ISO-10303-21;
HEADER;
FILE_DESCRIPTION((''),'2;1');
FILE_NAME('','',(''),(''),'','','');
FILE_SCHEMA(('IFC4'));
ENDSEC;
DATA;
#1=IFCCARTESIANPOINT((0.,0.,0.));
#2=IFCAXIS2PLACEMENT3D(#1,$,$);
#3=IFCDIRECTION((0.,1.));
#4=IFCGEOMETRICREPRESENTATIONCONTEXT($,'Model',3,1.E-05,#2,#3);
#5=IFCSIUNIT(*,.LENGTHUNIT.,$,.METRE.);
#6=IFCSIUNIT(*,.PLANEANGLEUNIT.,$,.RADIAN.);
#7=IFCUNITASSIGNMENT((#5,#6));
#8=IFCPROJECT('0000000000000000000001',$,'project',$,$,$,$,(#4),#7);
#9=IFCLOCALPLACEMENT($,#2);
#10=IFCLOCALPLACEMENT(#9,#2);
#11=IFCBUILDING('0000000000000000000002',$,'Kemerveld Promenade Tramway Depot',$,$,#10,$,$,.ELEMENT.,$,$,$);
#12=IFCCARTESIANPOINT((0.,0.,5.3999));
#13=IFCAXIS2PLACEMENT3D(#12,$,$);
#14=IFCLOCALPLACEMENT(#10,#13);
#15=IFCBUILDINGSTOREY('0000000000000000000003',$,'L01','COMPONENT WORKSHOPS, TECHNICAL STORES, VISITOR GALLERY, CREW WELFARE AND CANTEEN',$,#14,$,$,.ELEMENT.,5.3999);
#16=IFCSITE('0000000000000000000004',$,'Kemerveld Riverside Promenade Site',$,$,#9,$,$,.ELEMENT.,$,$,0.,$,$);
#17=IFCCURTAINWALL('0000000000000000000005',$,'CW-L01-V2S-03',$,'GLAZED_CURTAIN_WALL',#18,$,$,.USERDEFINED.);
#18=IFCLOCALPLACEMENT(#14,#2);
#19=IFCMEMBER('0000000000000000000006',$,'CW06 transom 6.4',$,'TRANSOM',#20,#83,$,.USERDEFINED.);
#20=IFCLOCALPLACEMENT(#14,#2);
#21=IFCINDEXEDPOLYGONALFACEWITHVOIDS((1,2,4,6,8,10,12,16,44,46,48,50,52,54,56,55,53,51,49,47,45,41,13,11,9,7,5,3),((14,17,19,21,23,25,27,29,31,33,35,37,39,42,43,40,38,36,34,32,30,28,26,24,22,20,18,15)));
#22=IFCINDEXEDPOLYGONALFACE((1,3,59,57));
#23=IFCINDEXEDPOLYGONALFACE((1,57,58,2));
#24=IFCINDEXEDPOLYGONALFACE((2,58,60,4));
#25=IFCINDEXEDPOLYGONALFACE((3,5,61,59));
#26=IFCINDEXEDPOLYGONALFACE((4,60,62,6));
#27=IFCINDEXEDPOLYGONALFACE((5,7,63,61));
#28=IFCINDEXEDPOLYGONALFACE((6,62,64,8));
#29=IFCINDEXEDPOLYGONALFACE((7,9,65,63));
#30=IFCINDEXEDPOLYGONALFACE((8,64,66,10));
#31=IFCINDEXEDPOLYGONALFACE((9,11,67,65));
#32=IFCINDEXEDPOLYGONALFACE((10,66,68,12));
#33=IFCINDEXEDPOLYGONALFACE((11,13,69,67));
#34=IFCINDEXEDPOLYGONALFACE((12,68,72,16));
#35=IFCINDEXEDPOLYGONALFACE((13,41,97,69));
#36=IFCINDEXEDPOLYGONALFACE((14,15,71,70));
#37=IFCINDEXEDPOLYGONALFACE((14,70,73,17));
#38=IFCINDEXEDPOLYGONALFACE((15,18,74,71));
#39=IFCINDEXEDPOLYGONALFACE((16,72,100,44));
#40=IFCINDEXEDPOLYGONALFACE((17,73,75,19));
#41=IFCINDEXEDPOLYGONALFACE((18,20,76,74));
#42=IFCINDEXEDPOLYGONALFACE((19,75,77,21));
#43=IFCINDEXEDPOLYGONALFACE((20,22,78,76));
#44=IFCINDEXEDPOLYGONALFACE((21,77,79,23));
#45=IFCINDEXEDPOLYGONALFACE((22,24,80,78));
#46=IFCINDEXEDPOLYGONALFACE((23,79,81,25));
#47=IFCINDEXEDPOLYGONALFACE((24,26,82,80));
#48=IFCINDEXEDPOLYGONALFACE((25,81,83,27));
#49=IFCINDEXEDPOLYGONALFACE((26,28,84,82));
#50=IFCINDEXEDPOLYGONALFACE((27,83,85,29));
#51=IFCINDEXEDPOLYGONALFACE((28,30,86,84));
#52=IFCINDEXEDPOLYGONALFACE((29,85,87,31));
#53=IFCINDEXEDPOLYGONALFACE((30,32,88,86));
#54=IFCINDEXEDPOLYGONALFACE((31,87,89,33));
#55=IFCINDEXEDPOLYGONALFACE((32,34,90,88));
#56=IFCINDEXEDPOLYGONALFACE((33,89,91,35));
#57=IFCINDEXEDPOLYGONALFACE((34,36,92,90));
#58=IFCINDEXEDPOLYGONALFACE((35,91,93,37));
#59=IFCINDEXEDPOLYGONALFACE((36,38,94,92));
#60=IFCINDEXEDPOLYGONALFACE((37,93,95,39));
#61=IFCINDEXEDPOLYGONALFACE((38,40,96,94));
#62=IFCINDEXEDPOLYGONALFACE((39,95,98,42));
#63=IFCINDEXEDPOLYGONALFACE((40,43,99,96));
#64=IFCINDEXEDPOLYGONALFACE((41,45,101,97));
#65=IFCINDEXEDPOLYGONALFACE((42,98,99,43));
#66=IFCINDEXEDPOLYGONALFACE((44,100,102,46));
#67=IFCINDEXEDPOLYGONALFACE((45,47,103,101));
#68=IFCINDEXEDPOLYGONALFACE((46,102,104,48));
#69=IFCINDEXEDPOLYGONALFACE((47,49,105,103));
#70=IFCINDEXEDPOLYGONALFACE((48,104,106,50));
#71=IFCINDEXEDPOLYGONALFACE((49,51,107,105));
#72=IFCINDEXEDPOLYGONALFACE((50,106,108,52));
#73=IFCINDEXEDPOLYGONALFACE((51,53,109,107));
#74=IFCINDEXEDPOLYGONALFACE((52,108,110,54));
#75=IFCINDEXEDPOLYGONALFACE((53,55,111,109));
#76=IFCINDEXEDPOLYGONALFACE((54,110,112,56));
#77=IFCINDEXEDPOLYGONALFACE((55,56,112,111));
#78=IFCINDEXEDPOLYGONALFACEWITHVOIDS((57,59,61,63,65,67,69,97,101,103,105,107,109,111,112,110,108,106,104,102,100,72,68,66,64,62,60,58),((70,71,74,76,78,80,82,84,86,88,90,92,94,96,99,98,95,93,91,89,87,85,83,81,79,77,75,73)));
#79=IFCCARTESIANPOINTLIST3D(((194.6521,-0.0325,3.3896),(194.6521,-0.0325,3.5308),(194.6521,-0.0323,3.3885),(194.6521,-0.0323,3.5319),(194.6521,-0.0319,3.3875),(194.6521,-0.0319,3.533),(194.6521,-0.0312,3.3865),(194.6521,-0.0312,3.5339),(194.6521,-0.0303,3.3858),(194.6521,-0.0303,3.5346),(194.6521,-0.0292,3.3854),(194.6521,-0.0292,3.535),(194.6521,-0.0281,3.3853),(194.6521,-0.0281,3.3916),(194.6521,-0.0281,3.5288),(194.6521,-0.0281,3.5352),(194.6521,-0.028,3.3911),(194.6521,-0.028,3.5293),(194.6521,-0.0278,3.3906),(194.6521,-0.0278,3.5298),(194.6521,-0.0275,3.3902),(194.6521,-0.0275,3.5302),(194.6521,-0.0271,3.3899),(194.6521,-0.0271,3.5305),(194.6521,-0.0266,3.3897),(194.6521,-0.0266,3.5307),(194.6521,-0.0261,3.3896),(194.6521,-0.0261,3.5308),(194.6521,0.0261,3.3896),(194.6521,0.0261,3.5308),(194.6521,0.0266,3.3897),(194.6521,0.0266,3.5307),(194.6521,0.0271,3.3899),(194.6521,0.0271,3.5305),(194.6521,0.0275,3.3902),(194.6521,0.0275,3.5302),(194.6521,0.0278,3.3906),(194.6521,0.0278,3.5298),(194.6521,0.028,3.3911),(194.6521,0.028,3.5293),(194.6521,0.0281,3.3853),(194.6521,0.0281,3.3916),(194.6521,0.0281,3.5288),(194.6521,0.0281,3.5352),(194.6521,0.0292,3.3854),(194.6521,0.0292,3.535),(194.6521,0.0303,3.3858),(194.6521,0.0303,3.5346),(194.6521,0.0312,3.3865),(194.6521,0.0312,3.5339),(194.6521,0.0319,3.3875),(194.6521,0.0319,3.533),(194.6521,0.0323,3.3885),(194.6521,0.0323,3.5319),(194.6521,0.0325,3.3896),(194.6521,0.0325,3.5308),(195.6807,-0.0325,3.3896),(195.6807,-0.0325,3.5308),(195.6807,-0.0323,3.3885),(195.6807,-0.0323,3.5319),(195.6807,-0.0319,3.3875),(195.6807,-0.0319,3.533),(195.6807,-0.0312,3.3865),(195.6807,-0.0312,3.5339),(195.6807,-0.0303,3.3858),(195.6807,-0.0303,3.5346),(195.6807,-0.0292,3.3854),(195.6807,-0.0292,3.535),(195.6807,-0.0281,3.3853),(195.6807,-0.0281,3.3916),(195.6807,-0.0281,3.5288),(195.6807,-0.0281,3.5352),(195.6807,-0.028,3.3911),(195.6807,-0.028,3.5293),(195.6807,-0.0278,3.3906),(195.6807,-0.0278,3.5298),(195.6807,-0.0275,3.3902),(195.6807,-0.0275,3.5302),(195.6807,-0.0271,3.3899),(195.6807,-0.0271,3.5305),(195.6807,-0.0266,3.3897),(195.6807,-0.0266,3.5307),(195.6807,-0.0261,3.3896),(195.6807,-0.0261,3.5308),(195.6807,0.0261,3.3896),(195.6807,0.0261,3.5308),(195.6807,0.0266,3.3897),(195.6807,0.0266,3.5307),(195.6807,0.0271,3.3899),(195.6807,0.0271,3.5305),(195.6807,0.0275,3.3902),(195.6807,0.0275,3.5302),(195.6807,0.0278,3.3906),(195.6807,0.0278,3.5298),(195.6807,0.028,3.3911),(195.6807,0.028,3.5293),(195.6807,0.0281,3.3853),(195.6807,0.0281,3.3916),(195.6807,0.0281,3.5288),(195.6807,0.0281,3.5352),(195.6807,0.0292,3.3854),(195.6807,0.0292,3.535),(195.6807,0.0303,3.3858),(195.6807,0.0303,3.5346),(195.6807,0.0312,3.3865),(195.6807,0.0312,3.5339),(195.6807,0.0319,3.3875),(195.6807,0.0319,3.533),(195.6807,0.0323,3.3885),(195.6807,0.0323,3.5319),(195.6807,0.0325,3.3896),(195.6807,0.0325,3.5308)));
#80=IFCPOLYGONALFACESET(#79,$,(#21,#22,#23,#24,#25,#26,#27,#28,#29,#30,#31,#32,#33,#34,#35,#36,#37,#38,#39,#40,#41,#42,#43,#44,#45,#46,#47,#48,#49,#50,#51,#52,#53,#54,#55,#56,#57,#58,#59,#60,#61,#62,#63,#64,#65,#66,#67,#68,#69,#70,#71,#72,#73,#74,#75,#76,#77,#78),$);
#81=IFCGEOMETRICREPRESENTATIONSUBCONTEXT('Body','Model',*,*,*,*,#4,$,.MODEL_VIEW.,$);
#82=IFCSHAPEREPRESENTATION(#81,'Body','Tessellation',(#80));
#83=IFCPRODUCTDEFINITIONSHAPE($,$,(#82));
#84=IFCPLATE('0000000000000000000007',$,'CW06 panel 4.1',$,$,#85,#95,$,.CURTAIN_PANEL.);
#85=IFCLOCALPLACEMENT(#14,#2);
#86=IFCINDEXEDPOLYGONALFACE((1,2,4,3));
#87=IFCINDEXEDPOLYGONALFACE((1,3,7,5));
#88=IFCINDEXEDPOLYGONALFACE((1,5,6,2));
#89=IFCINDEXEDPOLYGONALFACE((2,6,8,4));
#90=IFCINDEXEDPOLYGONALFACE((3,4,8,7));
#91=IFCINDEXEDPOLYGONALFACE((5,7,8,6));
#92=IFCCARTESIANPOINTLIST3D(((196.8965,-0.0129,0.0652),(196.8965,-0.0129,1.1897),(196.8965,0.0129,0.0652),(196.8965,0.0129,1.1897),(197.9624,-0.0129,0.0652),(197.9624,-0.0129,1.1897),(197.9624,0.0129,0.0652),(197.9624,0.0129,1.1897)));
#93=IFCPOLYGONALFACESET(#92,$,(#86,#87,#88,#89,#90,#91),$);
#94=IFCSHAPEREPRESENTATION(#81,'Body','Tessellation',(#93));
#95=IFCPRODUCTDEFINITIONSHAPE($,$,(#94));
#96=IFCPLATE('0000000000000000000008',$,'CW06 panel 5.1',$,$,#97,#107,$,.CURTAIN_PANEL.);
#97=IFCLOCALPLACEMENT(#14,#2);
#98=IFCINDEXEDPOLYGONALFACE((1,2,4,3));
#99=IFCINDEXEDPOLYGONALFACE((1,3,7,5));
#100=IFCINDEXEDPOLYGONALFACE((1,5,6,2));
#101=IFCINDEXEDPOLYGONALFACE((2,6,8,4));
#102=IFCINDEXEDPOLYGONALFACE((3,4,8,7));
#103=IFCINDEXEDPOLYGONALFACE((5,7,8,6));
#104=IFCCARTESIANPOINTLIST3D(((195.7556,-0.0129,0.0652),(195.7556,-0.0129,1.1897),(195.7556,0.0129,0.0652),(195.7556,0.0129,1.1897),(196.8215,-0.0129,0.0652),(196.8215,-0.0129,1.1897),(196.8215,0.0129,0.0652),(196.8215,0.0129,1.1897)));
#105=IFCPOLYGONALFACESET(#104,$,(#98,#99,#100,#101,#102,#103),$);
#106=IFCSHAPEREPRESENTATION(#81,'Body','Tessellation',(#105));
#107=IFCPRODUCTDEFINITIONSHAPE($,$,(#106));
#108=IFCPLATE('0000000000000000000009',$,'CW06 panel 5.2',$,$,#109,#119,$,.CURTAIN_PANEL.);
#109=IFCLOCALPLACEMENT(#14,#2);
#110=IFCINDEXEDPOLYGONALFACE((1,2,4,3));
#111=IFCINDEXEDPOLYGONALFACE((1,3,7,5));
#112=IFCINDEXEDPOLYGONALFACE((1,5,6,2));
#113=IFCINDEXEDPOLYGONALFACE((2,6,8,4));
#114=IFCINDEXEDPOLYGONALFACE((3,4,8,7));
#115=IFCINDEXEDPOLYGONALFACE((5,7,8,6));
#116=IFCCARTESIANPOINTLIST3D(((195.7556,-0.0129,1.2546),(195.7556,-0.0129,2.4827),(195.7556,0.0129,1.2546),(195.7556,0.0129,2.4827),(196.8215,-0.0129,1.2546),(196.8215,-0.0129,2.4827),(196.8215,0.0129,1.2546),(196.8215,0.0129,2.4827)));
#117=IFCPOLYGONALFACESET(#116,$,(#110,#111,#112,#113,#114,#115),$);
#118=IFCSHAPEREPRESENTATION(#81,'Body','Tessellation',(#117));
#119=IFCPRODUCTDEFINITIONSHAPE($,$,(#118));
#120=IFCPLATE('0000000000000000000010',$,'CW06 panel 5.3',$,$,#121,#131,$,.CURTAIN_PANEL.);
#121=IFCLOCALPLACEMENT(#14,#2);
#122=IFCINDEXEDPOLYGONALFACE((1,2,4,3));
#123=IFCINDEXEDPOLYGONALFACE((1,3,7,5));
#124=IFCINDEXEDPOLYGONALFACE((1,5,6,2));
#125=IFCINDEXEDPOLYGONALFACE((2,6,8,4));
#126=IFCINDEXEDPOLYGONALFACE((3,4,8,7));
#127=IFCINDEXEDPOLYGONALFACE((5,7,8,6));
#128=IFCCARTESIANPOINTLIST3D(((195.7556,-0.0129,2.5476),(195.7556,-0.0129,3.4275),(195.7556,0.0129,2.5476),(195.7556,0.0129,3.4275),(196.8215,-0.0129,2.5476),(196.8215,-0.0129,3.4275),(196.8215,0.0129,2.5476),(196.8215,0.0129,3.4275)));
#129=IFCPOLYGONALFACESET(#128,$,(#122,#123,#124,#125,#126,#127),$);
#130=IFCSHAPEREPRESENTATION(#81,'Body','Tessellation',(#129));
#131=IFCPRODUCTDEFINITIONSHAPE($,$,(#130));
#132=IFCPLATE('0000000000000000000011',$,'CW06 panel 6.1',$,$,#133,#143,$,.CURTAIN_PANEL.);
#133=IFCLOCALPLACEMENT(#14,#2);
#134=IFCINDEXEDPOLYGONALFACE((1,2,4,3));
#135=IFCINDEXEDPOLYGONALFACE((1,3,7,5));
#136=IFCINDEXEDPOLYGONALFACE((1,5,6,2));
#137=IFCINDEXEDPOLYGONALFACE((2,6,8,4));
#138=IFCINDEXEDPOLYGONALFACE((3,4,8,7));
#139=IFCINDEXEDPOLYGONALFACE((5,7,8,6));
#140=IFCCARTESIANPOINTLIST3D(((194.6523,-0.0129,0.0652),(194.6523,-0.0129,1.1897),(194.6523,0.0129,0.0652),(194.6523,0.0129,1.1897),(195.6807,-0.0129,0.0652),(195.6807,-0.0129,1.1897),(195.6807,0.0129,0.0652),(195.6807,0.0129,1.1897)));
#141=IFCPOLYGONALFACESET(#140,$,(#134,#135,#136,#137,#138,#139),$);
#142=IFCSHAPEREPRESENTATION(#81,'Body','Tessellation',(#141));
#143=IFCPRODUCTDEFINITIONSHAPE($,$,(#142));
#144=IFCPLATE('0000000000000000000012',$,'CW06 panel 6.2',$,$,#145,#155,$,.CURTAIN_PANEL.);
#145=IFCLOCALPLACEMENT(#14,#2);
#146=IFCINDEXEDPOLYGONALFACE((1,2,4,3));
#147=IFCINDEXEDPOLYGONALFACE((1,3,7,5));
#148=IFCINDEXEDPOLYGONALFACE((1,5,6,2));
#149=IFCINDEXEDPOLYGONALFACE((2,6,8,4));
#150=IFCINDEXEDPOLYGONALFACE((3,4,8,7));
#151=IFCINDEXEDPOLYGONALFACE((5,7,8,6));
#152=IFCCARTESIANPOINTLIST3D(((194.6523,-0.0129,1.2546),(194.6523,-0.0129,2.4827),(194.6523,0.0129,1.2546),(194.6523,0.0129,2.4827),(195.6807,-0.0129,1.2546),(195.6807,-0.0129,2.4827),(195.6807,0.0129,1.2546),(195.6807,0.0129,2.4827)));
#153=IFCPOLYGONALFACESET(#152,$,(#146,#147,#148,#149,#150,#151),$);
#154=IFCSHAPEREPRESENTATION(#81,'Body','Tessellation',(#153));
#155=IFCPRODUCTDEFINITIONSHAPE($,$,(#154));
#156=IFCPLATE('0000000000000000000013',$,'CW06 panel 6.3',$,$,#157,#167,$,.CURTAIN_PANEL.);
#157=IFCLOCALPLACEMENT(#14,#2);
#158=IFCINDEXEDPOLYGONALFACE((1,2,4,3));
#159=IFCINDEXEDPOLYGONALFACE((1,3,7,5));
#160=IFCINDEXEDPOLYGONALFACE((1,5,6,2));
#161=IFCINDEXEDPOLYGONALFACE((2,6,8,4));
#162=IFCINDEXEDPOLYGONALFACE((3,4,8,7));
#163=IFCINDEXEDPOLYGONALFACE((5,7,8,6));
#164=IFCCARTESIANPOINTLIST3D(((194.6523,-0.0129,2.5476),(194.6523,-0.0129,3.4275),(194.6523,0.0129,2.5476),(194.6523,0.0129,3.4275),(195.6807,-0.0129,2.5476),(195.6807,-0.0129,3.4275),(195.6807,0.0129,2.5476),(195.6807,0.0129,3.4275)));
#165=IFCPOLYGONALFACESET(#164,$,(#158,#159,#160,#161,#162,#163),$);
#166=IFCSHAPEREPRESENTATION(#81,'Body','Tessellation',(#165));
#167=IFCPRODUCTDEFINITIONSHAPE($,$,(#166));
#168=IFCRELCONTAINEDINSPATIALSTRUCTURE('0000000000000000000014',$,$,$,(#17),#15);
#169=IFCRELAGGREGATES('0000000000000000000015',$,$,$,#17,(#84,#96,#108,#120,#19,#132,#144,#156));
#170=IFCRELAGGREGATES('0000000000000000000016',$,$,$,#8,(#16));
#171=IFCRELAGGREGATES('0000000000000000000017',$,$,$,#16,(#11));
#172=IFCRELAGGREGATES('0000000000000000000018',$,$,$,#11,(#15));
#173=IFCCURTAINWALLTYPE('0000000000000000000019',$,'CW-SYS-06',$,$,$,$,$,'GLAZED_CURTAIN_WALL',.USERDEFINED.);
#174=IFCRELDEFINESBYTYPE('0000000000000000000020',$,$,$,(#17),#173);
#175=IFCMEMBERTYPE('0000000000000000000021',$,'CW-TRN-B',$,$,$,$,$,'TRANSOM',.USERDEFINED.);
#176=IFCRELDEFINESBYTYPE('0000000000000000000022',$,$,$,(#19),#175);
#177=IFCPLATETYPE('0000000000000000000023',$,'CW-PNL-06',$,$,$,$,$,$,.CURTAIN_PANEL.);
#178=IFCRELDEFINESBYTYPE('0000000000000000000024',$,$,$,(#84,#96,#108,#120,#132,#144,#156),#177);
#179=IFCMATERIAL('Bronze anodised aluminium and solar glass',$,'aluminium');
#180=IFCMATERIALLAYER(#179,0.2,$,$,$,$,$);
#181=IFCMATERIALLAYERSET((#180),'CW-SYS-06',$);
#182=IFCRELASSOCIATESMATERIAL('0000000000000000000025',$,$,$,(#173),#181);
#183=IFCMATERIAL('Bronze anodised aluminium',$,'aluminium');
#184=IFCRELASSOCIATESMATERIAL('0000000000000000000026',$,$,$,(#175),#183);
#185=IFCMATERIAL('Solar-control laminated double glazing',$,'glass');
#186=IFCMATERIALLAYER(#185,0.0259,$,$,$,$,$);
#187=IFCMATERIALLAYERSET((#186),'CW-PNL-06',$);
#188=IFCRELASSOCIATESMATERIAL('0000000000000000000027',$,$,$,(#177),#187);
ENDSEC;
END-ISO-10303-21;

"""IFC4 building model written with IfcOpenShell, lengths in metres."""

from ifc_helpers import new_model, si_unit, direction, frame, origin, origin_2d, place, context, subcontext, project, spatial, rectangle, hollow_rectangle, extrude, material, layer, layer_set, material_profile, profile_set, type_object, element, aggregate, save


model = new_model("IFC4")

# Units and contexts
model_context = context("Model", 3, precision=1e-05, world=origin(), true_north=direction((0.0, 1.0)))
body_context = subcontext(model_context, "Body", "Model", "MODEL_VIEW")
ifc_project = project(units=[si_unit("LENGTHUNIT", "METRE"), si_unit("PLANEANGLEUNIT", "RADIAN")], contexts=[model_context])

# Site, building, storey
site_placement = place(None, origin())
site = spatial("IfcSite", under=ifc_project, at=site_placement, Name="Kemerveld Riverside Promenade Site", CompositionType="ELEMENT", RefElevation=0.0)
building_placement = place(site_placement, origin())
building = spatial("IfcBuilding", under=site, at=building_placement, Name="Kemerveld Promenade Tramway Depot", CompositionType="ELEMENT")
storey_placement = place(building_placement, frame((0.0, 0.0, 5.3999)))
storey = spatial("IfcBuildingStorey", under=building, at=storey_placement, Name="L01", Description="COMPONENT WORKSHOPS, TECHNICAL STORES, VISITOR GALLERY, CREW WELFARE AND CANTEEN", CompositionType="ELEMENT", Elevation=5.3999)

# Curtain wall, member, plates
ifc_material_1 = material(Name="Bronze anodised aluminium and solar glass", Category="aluminium")
ifc_layer_1 = layer(ifc_material_1, 0.2)
ifc_layer_set_1 = layer_set([ifc_layer_1], Name="CW-SYS-06")
curtain_wall_type = type_object("IfcCurtainWallType", Name="CW-SYS-06", ElementType="GLAZED_CURTAIN_WALL", PredefinedType="USERDEFINED", material=ifc_layer_set_1)
curtain_wall_placement = place(storey_placement, origin())
curtain_wall = element("IfcCurtainWall", 1, at=curtain_wall_placement, inside=storey, type_object=curtain_wall_type, Name="CW-L01-V2S-03", ObjectType="GLAZED_CURTAIN_WALL", PredefinedType="USERDEFINED")
ifc_material_2 = material(Name="Bronze anodised aluminium", Category="aluminium")
ifc_material_profile_1 = material_profile(ifc_material_2, hollow_rectangle(XDim=0.0649, YDim=0.1499, WallThickness=0.0044, InnerFilletRadius=0.002, OuterFilletRadius=0.0044, at=origin_2d()), Name="CW-TRN-150x65")
ifc_profile_set_1 = profile_set([ifc_material_profile_1], Name="Bronze anodised aluminium")
member_type_1 = type_object("IfcMemberType", Name="CW-TRN-B", ElementType="TRANSOM", PredefinedType="USERDEFINED", material=ifc_profile_set_1)
member_1_placement = place(storey_placement, frame((195.6807, 0.0, 3.4602), z_axis=(-1.0, 0.0, 0.0), x_axis=(0.0, -1.0, 0.0)))
member_1 = element("IfcMember", 2, at=member_1_placement, type_object=member_type_1, Name="CW06 transom 6.4", ObjectType="TRANSOM", PredefinedType="USERDEFINED", context=body_context, shape_type="SweptSolid", body=[
    extrude(hollow_rectangle(XDim=0.0649, YDim=0.1499, WallThickness=0.0044, InnerFilletRadius=0.002, OuterFilletRadius=0.0044, at=origin_2d()), origin(), (0.0, 0.0, 1.0), 1.0286),
])
ifc_material_3 = material(Name="Solar-control laminated double glazing", Category="glass")
ifc_layer_2 = layer(ifc_material_3, 0.0259)
ifc_layer_set_2 = layer_set([ifc_layer_2], Name="CW-PNL-06")
plate_type = type_object("IfcPlateType", Name="CW-PNL-06", PredefinedType="CURTAIN_PANEL", material=ifc_layer_set_2)
plate_1_placement = place(storey_placement, frame((197.4294, 0.0, 0.0652), z_axis=(0.0, 0.0, 1.0), x_axis=(-1.0, 0.0, 0.0)))
plate_1 = element("IfcPlate", 3, at=plate_1_placement, type_object=plate_type, Name="CW06 panel 4.1", PredefinedType="CURTAIN_PANEL", context=body_context, shape_type="SweptSolid", body=[
    extrude(rectangle(XDim=1.0659, YDim=0.0259, at=origin_2d()), origin(), (0.0, 0.0, 1.0), 1.1245),
])
plate_2_placement = place(storey_placement, frame((196.2886, 0.0, 0.0652), z_axis=(0.0, 0.0, 1.0), x_axis=(-1.0, 0.0, 0.0)))
plate_2 = element("IfcPlate", 4, at=plate_2_placement, type_object=plate_type, Name="CW06 panel 5.1", PredefinedType="CURTAIN_PANEL", context=body_context, shape_type="SweptSolid", body=[
    extrude(rectangle(XDim=1.0659, YDim=0.0259, at=origin_2d()), origin(), (0.0, 0.0, 1.0), 1.1245),
])
plate_3_placement = place(storey_placement, frame((196.2886, 0.0, 1.2546), z_axis=(0.0, 0.0, 1.0), x_axis=(-1.0, 0.0, 0.0)))
plate_3 = element("IfcPlate", 5, at=plate_3_placement, type_object=plate_type, Name="CW06 panel 5.2", PredefinedType="CURTAIN_PANEL", context=body_context, shape_type="SweptSolid", body=[
    extrude(rectangle(XDim=1.0659, YDim=0.0259, at=origin_2d()), origin(), (0.0, 0.0, 1.0), 1.228),
])
plate_4_placement = place(storey_placement, frame((196.2886, 0.0, 2.5476), z_axis=(0.0, 0.0, 1.0), x_axis=(-1.0, 0.0, 0.0)))
plate_4 = element("IfcPlate", 6, at=plate_4_placement, type_object=plate_type, Name="CW06 panel 5.3", PredefinedType="CURTAIN_PANEL", context=body_context, shape_type="SweptSolid", body=[
    extrude(rectangle(XDim=1.0659, YDim=0.0259, at=origin_2d()), origin(), (0.0, 0.0, 1.0), 0.8799),
])
plate_5_placement = place(storey_placement, frame((195.1665, 0.0, 0.0652), z_axis=(0.0, 0.0, 1.0), x_axis=(-1.0, 0.0, 0.0)))
plate_5 = element("IfcPlate", 7, at=plate_5_placement, type_object=plate_type, Name="CW06 panel 6.1", PredefinedType="CURTAIN_PANEL", context=body_context, shape_type="SweptSolid", body=[
    extrude(rectangle(XDim=1.0283, YDim=0.0259, at=origin_2d()), origin(), (0.0, 0.0, 1.0), 1.1245),
])
plate_6_placement = place(storey_placement, frame((195.1665, 0.0, 1.2546), z_axis=(0.0, 0.0, 1.0), x_axis=(-1.0, 0.0, 0.0)))
plate_6 = element("IfcPlate", 8, at=plate_6_placement, type_object=plate_type, Name="CW06 panel 6.2", PredefinedType="CURTAIN_PANEL", context=body_context, shape_type="SweptSolid", body=[
    extrude(rectangle(XDim=1.0283, YDim=0.0259, at=origin_2d()), origin(), (0.0, 0.0, 1.0), 1.228),
])
plate_7_placement = place(storey_placement, frame((195.1665, 0.0, 2.5476), z_axis=(0.0, 0.0, 1.0), x_axis=(-1.0, 0.0, 0.0)))
plate_7 = element("IfcPlate", 9, at=plate_7_placement, type_object=plate_type, Name="CW06 panel 6.3", PredefinedType="CURTAIN_PANEL", context=body_context, shape_type="SweptSolid", body=[
    extrude(rectangle(XDim=1.0283, YDim=0.0259, at=origin_2d()), origin(), (0.0, 0.0, 1.0), 0.8799),
])
aggregate(curtain_wall, [plate_1, plate_2, plate_3, plate_4, member_1, plate_5, plate_6, plate_7])

save(model, "model.ifc")
